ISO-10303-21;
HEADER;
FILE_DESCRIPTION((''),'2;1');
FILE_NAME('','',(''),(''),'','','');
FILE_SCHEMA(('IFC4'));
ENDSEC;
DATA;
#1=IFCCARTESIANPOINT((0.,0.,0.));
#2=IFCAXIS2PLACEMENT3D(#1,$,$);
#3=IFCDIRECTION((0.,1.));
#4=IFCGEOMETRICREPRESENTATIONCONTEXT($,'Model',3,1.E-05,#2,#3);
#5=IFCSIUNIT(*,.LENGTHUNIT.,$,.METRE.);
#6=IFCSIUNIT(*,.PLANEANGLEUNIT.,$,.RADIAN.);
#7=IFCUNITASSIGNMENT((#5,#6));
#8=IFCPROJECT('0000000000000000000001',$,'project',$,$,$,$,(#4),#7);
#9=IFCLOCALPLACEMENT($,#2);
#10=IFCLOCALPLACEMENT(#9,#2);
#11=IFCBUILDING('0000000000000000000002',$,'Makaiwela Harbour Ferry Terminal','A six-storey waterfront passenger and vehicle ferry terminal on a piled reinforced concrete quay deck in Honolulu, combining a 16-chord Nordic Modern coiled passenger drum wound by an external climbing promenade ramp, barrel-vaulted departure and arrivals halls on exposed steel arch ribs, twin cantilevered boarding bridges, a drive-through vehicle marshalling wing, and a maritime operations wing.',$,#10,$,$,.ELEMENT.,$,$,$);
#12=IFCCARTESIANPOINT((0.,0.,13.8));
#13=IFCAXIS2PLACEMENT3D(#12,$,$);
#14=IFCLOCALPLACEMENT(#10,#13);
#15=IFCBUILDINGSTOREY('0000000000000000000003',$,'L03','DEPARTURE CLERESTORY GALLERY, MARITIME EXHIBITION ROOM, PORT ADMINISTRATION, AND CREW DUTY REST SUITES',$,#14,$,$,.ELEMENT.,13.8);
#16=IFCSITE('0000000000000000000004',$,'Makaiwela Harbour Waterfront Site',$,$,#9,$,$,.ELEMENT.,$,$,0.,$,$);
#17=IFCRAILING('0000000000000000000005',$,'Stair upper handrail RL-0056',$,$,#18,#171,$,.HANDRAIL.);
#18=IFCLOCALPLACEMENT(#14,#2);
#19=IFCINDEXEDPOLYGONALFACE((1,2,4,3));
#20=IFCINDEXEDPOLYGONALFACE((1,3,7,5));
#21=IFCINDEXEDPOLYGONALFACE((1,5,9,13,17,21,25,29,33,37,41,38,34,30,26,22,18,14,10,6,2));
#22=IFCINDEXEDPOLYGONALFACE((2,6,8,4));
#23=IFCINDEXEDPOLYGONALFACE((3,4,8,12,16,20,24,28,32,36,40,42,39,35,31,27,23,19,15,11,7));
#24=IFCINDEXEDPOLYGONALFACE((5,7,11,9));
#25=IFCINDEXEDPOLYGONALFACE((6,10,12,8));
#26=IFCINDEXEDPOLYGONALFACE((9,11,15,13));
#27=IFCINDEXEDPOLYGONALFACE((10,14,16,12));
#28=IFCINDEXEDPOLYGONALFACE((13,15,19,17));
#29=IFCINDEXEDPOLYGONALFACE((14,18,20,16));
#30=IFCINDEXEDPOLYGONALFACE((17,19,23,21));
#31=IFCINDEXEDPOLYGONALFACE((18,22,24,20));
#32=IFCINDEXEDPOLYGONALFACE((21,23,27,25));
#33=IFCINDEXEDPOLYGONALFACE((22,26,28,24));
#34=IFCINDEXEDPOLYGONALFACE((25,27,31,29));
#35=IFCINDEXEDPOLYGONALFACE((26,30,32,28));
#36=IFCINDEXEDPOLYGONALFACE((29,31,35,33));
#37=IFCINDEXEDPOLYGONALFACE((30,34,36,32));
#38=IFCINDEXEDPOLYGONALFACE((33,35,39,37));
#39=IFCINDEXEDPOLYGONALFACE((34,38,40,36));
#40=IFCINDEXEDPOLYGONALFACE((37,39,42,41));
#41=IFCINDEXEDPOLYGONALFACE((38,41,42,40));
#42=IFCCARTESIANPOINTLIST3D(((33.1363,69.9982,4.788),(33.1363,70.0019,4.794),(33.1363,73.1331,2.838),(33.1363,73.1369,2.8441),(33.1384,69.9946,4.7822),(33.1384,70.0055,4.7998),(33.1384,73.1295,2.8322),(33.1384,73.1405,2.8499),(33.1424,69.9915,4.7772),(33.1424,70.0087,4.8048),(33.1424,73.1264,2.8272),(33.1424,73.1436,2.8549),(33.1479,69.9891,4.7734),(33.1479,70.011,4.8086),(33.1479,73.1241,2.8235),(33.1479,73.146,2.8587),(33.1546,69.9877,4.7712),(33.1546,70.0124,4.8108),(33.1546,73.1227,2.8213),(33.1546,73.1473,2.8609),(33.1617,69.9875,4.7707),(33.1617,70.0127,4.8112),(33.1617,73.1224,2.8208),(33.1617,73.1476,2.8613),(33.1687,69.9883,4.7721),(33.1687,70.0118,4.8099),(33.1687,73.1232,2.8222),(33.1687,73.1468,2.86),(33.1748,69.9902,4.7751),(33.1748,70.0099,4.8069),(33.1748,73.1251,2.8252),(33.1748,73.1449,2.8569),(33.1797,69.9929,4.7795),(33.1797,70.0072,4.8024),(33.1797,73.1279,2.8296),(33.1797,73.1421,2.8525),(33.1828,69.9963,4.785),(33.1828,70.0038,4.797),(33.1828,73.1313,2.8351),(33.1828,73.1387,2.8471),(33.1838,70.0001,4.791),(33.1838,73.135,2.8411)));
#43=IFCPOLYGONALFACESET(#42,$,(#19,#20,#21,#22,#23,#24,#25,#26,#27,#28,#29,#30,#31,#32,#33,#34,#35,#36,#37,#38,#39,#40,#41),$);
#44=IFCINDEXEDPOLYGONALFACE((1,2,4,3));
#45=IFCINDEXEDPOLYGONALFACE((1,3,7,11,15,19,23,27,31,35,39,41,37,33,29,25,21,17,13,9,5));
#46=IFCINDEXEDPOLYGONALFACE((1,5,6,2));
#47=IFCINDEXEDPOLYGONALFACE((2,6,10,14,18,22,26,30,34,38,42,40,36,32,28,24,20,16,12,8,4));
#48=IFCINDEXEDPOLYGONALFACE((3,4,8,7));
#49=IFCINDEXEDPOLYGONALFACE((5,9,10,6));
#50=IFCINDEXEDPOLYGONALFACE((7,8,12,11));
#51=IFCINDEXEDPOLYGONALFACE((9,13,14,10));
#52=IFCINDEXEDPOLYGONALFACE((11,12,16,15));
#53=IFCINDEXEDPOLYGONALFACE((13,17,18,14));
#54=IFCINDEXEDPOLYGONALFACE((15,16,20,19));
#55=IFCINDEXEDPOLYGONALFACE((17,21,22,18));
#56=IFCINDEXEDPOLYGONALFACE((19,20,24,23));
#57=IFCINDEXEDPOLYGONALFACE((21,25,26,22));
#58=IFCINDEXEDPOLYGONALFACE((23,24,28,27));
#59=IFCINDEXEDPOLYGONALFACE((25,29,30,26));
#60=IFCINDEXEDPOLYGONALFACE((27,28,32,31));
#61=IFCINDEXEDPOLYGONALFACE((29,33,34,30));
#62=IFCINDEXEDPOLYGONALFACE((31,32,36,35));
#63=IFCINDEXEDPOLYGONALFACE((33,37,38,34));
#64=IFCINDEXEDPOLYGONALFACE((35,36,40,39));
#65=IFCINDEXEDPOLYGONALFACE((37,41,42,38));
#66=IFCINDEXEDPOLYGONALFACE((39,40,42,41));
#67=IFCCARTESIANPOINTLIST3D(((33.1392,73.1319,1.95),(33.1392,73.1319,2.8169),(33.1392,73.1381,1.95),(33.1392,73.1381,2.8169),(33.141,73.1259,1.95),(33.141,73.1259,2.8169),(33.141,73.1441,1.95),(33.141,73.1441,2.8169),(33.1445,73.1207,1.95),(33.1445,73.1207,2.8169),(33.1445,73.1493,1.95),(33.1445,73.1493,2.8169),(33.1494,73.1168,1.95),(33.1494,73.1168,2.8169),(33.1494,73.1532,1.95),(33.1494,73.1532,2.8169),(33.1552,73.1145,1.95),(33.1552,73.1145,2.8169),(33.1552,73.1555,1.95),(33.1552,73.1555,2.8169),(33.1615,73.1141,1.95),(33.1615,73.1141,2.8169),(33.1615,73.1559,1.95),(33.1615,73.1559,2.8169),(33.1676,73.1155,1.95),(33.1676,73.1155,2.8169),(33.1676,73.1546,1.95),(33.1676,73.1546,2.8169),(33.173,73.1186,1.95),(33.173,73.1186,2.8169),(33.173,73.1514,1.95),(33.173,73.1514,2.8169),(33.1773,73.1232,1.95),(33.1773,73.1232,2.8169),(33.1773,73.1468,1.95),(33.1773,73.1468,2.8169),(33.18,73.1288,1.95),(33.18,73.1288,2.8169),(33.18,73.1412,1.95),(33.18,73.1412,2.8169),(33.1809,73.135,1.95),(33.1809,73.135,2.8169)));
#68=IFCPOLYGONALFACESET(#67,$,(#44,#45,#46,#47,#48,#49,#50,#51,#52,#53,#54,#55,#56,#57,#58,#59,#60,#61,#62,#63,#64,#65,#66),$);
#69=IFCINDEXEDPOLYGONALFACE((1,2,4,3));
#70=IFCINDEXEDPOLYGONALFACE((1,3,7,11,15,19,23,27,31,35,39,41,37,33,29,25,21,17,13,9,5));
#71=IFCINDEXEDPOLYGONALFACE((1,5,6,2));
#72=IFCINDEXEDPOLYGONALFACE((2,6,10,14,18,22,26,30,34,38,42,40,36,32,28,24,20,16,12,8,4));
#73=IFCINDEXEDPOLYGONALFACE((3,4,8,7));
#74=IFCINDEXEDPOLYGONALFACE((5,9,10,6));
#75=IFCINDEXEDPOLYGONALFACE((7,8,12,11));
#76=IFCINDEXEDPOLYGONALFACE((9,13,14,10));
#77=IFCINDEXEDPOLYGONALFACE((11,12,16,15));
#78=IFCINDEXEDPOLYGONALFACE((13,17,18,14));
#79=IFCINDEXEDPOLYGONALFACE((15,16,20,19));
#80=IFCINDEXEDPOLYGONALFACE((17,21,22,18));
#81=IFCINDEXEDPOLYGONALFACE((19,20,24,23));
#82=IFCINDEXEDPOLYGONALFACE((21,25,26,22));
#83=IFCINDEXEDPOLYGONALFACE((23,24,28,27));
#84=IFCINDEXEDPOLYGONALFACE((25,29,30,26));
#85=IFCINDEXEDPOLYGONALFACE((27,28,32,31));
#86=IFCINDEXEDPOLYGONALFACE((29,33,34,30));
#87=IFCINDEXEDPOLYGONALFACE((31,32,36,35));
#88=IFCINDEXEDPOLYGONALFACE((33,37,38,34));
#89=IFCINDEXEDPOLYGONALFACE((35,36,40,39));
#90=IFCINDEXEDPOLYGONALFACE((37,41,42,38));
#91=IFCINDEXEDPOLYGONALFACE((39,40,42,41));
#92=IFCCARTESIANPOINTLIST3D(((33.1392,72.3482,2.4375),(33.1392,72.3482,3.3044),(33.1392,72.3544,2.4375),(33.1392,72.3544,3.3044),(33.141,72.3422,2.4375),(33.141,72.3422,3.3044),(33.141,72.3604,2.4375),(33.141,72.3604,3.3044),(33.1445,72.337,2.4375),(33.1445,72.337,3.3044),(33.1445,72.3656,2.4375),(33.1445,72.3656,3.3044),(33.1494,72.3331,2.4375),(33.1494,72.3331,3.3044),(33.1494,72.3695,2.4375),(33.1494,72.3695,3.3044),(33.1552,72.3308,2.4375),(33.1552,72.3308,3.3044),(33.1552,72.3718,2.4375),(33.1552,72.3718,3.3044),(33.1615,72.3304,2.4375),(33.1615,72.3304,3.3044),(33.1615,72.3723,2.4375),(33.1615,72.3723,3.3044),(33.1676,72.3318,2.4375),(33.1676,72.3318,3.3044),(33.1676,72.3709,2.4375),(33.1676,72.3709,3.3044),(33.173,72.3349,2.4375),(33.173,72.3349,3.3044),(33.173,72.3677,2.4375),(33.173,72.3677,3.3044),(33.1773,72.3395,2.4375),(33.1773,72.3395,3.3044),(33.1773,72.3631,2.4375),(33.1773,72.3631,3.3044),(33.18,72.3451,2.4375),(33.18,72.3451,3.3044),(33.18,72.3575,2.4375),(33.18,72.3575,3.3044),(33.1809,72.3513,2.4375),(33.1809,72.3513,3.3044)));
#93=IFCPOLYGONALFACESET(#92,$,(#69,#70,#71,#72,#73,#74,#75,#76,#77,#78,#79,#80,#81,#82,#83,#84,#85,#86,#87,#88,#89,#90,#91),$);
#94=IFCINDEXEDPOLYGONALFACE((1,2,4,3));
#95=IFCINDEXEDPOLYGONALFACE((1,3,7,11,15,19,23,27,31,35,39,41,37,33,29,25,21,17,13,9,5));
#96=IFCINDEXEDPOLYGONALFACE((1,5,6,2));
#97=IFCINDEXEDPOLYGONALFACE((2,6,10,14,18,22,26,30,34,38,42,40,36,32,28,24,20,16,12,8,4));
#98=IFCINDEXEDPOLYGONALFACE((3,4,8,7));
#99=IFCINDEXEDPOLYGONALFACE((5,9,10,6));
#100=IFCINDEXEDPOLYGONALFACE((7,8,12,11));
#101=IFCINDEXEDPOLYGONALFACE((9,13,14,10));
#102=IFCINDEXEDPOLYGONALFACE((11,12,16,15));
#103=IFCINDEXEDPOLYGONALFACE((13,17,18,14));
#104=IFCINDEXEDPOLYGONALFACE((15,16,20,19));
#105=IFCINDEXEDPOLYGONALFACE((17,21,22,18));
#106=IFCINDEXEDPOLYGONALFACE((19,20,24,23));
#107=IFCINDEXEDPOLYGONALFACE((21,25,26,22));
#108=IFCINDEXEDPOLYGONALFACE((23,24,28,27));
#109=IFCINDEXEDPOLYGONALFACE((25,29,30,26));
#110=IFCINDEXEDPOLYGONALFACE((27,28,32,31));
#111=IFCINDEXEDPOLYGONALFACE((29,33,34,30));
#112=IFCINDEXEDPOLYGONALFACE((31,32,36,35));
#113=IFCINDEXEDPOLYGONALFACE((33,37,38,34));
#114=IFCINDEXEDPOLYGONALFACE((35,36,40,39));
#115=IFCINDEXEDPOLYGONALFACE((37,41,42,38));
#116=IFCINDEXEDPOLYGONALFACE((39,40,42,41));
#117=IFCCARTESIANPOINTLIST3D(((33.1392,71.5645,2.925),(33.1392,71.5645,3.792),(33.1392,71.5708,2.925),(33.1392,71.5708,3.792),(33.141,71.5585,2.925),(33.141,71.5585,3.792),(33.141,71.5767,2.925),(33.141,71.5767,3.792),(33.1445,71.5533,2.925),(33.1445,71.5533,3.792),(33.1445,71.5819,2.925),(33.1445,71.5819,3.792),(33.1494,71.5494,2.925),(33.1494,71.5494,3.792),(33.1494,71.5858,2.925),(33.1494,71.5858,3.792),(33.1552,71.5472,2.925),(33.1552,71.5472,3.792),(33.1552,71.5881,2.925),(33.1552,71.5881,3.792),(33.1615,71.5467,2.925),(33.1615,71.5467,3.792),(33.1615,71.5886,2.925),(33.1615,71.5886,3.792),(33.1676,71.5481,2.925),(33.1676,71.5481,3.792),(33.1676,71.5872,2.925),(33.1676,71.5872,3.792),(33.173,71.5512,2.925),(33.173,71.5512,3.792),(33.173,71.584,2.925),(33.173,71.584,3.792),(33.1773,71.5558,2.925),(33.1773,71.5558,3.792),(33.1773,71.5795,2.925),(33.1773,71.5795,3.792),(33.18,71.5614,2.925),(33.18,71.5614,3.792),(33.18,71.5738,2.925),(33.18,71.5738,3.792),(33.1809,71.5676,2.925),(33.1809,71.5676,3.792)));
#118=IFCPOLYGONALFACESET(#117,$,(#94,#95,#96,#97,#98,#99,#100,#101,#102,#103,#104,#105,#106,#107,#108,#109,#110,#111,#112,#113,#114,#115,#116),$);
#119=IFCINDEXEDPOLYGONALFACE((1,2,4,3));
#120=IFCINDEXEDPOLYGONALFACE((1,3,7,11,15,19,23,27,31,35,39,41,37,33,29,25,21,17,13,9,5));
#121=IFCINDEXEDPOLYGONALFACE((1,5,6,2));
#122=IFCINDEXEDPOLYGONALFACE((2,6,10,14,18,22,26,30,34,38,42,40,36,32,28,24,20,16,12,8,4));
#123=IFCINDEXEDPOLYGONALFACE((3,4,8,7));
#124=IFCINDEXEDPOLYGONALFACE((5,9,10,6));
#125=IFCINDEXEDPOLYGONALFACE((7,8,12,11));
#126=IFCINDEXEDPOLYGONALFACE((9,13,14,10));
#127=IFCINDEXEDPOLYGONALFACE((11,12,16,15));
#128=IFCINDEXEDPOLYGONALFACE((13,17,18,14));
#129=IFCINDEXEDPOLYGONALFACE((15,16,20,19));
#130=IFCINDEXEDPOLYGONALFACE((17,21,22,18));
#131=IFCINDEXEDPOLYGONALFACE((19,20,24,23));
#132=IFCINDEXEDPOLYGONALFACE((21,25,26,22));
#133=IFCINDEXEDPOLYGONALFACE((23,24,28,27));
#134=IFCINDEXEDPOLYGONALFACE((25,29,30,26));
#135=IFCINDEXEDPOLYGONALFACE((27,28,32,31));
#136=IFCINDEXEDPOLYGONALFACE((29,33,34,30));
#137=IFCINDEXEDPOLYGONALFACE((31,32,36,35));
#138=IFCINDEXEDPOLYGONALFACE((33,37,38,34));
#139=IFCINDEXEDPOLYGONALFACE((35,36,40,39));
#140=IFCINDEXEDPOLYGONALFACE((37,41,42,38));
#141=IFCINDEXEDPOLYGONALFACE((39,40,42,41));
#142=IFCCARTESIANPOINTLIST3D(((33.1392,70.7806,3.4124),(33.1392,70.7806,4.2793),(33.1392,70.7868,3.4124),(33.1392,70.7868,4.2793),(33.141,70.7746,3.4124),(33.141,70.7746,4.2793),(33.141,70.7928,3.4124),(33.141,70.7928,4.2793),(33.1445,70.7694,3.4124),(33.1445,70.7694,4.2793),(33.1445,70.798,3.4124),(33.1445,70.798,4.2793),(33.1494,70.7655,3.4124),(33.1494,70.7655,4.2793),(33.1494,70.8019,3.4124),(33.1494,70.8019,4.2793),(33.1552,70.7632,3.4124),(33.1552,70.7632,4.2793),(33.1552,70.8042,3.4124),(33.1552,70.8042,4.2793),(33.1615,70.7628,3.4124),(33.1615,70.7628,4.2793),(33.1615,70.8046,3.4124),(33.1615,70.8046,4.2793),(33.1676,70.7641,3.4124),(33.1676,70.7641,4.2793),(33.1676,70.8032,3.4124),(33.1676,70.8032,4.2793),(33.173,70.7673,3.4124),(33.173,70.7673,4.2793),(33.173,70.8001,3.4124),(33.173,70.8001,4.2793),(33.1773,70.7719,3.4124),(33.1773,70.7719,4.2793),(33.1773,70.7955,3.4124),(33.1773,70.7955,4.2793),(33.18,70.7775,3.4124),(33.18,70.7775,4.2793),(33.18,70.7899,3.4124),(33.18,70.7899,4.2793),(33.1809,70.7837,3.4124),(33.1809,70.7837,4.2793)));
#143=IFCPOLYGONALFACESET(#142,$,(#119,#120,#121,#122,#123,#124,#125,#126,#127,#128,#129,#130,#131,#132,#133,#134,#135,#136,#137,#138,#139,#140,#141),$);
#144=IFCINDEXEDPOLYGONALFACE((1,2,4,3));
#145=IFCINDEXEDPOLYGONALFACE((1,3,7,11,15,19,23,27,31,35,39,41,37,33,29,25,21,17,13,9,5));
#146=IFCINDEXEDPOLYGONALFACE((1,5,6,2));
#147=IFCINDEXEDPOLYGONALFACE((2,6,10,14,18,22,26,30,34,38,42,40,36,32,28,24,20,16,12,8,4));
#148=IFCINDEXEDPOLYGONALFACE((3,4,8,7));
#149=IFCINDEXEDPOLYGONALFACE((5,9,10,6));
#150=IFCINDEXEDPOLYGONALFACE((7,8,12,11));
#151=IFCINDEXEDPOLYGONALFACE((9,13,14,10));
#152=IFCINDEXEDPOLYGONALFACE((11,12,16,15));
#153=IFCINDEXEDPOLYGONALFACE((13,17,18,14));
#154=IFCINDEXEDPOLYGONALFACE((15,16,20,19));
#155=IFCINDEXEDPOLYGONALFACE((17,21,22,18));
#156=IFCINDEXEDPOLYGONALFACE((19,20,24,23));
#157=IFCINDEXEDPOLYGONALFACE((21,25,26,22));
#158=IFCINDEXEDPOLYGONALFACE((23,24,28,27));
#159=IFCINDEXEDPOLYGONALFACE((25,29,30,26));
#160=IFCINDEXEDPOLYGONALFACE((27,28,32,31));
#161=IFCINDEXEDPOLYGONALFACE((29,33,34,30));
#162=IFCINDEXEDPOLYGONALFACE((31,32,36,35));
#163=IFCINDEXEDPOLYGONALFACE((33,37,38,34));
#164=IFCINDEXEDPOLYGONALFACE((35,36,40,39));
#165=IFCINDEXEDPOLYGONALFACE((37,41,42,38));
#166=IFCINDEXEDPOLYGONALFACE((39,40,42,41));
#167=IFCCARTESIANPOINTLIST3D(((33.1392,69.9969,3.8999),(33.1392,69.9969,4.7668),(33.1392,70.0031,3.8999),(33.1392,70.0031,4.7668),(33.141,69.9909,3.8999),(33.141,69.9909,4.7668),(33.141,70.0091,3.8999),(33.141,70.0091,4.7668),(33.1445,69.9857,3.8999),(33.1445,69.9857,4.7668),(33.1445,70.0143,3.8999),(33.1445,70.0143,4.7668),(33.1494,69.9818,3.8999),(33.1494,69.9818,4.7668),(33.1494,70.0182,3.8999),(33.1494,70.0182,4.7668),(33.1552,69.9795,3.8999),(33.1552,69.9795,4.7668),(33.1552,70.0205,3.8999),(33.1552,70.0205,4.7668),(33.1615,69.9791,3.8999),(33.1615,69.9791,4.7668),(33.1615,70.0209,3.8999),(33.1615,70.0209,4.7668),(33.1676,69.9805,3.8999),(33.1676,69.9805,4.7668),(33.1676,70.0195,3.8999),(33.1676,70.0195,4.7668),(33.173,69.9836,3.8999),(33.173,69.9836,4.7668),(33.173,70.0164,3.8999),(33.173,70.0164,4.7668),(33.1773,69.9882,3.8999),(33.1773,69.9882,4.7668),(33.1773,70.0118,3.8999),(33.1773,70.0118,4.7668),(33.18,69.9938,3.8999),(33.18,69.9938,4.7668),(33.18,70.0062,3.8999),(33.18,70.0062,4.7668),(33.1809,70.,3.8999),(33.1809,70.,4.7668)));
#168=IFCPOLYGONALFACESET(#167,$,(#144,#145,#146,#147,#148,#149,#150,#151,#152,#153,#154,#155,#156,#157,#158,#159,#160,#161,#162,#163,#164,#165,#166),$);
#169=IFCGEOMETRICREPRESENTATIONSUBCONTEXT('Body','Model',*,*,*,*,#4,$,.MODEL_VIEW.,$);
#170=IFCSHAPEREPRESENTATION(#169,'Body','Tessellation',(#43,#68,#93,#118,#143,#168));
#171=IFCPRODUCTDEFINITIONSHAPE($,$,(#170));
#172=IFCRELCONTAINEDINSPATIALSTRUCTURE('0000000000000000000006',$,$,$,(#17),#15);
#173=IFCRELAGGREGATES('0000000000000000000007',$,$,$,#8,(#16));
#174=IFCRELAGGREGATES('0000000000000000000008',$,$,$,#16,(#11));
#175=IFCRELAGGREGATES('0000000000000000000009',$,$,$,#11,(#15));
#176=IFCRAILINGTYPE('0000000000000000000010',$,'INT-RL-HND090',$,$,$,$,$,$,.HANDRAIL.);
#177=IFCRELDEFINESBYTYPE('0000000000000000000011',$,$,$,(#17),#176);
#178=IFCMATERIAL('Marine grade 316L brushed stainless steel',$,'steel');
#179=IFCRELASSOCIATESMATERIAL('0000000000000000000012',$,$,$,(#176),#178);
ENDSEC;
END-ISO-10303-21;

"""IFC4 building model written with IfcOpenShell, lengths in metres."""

from ifc_helpers import new_model, si_unit, direction, frame, origin, origin_2d, place, context, subcontext, project, spatial, circle, extrude, material, type_object, element, save


model = new_model("IFC4")

# Units and contexts
model_context = context("Model", 3, precision=1e-05, world=origin(), true_north=direction((0.0, 1.0)))
body_context = subcontext(model_context, "Body", "Model", "MODEL_VIEW")
ifc_project = project(units=[si_unit("LENGTHUNIT", "METRE"), si_unit("PLANEANGLEUNIT", "RADIAN")], contexts=[model_context])

# Site, building, storey
site_placement = place(None, origin())
site = spatial("IfcSite", under=ifc_project, at=site_placement, Name="Makaiwela Harbour Waterfront Site", CompositionType="ELEMENT", RefElevation=0.0)
building_placement = place(site_placement, origin())
building = spatial("IfcBuilding", under=site, at=building_placement, Name="Makaiwela Harbour Ferry Terminal", Description="A six-storey waterfront passenger and vehicle ferry terminal on a piled reinforced concrete quay deck in Honolulu, combining a 16-chord Nordic Modern coiled passenger drum wound by an external climbing promenade ramp, barrel-vaulted departure and arrivals halls on exposed steel arch ribs, twin cantilevered boarding bridges, a drive-through vehicle marshalling wing, and a maritime operations wing.", CompositionType="ELEMENT")
storey_placement = place(building_placement, frame((0.0, 0.0, 13.8)))
storey = spatial("IfcBuildingStorey", under=building, at=storey_placement, Name="L03", Description="DEPARTURE CLERESTORY GALLERY, MARITIME EXHIBITION ROOM, PORT ADMINISTRATION, AND CREW DUTY REST SUITES", CompositionType="ELEMENT", Elevation=13.8)

# Shared definitions
ifc_material_1 = material(Name="Marine grade 316L brushed stainless steel", Category="steel")

# Railing
railing_type_1 = type_object("IfcRailingType", Name="INT-RL-HND090", PredefinedType="HANDRAIL", material=ifc_material_1)
railing_1_placement = place(storey_placement, frame((33.1599, 73.135, 1.95)))
element("IfcRailing", 1, at=railing_1_placement, inside=storey, type_object=railing_type_1, Name="Stair upper handrail RL-0056", PredefinedType="HANDRAIL", context=body_context, shape_type="SweptSolid", body=[
    extrude(circle(Radius=0.0239, at=origin_2d()), frame((0.0, 0.0, 0.8911), z_axis=(0.0, -0.849144, 0.528161), x_axis=(1.0, 0.0, 0.0)), (0.0, 0.0, 1.0), 3.6919),
    extrude(circle(Radius=0.021, at=origin_2d()), origin(), (0.0, 0.0, 1.0), 0.8669),
    extrude(circle(Radius=0.021, at=origin_2d()), frame((0.0, -0.7837, 0.4875)), (0.0, 0.0, 1.0), 0.8669),
    extrude(circle(Radius=0.021, at=origin_2d()), frame((0.0, -1.5674, 0.9751)), (0.0, 0.0, 1.0), 0.8669),
    extrude(circle(Radius=0.021, at=origin_2d()), frame((0.0, -2.3513, 1.4624)), (0.0, 0.0, 1.0), 0.8669),
    extrude(circle(Radius=0.021, at=origin_2d()), frame((0.0, -3.135, 1.95)), (0.0, 0.0, 1.0), 0.8669),
])

save(model, "model.ifc")
